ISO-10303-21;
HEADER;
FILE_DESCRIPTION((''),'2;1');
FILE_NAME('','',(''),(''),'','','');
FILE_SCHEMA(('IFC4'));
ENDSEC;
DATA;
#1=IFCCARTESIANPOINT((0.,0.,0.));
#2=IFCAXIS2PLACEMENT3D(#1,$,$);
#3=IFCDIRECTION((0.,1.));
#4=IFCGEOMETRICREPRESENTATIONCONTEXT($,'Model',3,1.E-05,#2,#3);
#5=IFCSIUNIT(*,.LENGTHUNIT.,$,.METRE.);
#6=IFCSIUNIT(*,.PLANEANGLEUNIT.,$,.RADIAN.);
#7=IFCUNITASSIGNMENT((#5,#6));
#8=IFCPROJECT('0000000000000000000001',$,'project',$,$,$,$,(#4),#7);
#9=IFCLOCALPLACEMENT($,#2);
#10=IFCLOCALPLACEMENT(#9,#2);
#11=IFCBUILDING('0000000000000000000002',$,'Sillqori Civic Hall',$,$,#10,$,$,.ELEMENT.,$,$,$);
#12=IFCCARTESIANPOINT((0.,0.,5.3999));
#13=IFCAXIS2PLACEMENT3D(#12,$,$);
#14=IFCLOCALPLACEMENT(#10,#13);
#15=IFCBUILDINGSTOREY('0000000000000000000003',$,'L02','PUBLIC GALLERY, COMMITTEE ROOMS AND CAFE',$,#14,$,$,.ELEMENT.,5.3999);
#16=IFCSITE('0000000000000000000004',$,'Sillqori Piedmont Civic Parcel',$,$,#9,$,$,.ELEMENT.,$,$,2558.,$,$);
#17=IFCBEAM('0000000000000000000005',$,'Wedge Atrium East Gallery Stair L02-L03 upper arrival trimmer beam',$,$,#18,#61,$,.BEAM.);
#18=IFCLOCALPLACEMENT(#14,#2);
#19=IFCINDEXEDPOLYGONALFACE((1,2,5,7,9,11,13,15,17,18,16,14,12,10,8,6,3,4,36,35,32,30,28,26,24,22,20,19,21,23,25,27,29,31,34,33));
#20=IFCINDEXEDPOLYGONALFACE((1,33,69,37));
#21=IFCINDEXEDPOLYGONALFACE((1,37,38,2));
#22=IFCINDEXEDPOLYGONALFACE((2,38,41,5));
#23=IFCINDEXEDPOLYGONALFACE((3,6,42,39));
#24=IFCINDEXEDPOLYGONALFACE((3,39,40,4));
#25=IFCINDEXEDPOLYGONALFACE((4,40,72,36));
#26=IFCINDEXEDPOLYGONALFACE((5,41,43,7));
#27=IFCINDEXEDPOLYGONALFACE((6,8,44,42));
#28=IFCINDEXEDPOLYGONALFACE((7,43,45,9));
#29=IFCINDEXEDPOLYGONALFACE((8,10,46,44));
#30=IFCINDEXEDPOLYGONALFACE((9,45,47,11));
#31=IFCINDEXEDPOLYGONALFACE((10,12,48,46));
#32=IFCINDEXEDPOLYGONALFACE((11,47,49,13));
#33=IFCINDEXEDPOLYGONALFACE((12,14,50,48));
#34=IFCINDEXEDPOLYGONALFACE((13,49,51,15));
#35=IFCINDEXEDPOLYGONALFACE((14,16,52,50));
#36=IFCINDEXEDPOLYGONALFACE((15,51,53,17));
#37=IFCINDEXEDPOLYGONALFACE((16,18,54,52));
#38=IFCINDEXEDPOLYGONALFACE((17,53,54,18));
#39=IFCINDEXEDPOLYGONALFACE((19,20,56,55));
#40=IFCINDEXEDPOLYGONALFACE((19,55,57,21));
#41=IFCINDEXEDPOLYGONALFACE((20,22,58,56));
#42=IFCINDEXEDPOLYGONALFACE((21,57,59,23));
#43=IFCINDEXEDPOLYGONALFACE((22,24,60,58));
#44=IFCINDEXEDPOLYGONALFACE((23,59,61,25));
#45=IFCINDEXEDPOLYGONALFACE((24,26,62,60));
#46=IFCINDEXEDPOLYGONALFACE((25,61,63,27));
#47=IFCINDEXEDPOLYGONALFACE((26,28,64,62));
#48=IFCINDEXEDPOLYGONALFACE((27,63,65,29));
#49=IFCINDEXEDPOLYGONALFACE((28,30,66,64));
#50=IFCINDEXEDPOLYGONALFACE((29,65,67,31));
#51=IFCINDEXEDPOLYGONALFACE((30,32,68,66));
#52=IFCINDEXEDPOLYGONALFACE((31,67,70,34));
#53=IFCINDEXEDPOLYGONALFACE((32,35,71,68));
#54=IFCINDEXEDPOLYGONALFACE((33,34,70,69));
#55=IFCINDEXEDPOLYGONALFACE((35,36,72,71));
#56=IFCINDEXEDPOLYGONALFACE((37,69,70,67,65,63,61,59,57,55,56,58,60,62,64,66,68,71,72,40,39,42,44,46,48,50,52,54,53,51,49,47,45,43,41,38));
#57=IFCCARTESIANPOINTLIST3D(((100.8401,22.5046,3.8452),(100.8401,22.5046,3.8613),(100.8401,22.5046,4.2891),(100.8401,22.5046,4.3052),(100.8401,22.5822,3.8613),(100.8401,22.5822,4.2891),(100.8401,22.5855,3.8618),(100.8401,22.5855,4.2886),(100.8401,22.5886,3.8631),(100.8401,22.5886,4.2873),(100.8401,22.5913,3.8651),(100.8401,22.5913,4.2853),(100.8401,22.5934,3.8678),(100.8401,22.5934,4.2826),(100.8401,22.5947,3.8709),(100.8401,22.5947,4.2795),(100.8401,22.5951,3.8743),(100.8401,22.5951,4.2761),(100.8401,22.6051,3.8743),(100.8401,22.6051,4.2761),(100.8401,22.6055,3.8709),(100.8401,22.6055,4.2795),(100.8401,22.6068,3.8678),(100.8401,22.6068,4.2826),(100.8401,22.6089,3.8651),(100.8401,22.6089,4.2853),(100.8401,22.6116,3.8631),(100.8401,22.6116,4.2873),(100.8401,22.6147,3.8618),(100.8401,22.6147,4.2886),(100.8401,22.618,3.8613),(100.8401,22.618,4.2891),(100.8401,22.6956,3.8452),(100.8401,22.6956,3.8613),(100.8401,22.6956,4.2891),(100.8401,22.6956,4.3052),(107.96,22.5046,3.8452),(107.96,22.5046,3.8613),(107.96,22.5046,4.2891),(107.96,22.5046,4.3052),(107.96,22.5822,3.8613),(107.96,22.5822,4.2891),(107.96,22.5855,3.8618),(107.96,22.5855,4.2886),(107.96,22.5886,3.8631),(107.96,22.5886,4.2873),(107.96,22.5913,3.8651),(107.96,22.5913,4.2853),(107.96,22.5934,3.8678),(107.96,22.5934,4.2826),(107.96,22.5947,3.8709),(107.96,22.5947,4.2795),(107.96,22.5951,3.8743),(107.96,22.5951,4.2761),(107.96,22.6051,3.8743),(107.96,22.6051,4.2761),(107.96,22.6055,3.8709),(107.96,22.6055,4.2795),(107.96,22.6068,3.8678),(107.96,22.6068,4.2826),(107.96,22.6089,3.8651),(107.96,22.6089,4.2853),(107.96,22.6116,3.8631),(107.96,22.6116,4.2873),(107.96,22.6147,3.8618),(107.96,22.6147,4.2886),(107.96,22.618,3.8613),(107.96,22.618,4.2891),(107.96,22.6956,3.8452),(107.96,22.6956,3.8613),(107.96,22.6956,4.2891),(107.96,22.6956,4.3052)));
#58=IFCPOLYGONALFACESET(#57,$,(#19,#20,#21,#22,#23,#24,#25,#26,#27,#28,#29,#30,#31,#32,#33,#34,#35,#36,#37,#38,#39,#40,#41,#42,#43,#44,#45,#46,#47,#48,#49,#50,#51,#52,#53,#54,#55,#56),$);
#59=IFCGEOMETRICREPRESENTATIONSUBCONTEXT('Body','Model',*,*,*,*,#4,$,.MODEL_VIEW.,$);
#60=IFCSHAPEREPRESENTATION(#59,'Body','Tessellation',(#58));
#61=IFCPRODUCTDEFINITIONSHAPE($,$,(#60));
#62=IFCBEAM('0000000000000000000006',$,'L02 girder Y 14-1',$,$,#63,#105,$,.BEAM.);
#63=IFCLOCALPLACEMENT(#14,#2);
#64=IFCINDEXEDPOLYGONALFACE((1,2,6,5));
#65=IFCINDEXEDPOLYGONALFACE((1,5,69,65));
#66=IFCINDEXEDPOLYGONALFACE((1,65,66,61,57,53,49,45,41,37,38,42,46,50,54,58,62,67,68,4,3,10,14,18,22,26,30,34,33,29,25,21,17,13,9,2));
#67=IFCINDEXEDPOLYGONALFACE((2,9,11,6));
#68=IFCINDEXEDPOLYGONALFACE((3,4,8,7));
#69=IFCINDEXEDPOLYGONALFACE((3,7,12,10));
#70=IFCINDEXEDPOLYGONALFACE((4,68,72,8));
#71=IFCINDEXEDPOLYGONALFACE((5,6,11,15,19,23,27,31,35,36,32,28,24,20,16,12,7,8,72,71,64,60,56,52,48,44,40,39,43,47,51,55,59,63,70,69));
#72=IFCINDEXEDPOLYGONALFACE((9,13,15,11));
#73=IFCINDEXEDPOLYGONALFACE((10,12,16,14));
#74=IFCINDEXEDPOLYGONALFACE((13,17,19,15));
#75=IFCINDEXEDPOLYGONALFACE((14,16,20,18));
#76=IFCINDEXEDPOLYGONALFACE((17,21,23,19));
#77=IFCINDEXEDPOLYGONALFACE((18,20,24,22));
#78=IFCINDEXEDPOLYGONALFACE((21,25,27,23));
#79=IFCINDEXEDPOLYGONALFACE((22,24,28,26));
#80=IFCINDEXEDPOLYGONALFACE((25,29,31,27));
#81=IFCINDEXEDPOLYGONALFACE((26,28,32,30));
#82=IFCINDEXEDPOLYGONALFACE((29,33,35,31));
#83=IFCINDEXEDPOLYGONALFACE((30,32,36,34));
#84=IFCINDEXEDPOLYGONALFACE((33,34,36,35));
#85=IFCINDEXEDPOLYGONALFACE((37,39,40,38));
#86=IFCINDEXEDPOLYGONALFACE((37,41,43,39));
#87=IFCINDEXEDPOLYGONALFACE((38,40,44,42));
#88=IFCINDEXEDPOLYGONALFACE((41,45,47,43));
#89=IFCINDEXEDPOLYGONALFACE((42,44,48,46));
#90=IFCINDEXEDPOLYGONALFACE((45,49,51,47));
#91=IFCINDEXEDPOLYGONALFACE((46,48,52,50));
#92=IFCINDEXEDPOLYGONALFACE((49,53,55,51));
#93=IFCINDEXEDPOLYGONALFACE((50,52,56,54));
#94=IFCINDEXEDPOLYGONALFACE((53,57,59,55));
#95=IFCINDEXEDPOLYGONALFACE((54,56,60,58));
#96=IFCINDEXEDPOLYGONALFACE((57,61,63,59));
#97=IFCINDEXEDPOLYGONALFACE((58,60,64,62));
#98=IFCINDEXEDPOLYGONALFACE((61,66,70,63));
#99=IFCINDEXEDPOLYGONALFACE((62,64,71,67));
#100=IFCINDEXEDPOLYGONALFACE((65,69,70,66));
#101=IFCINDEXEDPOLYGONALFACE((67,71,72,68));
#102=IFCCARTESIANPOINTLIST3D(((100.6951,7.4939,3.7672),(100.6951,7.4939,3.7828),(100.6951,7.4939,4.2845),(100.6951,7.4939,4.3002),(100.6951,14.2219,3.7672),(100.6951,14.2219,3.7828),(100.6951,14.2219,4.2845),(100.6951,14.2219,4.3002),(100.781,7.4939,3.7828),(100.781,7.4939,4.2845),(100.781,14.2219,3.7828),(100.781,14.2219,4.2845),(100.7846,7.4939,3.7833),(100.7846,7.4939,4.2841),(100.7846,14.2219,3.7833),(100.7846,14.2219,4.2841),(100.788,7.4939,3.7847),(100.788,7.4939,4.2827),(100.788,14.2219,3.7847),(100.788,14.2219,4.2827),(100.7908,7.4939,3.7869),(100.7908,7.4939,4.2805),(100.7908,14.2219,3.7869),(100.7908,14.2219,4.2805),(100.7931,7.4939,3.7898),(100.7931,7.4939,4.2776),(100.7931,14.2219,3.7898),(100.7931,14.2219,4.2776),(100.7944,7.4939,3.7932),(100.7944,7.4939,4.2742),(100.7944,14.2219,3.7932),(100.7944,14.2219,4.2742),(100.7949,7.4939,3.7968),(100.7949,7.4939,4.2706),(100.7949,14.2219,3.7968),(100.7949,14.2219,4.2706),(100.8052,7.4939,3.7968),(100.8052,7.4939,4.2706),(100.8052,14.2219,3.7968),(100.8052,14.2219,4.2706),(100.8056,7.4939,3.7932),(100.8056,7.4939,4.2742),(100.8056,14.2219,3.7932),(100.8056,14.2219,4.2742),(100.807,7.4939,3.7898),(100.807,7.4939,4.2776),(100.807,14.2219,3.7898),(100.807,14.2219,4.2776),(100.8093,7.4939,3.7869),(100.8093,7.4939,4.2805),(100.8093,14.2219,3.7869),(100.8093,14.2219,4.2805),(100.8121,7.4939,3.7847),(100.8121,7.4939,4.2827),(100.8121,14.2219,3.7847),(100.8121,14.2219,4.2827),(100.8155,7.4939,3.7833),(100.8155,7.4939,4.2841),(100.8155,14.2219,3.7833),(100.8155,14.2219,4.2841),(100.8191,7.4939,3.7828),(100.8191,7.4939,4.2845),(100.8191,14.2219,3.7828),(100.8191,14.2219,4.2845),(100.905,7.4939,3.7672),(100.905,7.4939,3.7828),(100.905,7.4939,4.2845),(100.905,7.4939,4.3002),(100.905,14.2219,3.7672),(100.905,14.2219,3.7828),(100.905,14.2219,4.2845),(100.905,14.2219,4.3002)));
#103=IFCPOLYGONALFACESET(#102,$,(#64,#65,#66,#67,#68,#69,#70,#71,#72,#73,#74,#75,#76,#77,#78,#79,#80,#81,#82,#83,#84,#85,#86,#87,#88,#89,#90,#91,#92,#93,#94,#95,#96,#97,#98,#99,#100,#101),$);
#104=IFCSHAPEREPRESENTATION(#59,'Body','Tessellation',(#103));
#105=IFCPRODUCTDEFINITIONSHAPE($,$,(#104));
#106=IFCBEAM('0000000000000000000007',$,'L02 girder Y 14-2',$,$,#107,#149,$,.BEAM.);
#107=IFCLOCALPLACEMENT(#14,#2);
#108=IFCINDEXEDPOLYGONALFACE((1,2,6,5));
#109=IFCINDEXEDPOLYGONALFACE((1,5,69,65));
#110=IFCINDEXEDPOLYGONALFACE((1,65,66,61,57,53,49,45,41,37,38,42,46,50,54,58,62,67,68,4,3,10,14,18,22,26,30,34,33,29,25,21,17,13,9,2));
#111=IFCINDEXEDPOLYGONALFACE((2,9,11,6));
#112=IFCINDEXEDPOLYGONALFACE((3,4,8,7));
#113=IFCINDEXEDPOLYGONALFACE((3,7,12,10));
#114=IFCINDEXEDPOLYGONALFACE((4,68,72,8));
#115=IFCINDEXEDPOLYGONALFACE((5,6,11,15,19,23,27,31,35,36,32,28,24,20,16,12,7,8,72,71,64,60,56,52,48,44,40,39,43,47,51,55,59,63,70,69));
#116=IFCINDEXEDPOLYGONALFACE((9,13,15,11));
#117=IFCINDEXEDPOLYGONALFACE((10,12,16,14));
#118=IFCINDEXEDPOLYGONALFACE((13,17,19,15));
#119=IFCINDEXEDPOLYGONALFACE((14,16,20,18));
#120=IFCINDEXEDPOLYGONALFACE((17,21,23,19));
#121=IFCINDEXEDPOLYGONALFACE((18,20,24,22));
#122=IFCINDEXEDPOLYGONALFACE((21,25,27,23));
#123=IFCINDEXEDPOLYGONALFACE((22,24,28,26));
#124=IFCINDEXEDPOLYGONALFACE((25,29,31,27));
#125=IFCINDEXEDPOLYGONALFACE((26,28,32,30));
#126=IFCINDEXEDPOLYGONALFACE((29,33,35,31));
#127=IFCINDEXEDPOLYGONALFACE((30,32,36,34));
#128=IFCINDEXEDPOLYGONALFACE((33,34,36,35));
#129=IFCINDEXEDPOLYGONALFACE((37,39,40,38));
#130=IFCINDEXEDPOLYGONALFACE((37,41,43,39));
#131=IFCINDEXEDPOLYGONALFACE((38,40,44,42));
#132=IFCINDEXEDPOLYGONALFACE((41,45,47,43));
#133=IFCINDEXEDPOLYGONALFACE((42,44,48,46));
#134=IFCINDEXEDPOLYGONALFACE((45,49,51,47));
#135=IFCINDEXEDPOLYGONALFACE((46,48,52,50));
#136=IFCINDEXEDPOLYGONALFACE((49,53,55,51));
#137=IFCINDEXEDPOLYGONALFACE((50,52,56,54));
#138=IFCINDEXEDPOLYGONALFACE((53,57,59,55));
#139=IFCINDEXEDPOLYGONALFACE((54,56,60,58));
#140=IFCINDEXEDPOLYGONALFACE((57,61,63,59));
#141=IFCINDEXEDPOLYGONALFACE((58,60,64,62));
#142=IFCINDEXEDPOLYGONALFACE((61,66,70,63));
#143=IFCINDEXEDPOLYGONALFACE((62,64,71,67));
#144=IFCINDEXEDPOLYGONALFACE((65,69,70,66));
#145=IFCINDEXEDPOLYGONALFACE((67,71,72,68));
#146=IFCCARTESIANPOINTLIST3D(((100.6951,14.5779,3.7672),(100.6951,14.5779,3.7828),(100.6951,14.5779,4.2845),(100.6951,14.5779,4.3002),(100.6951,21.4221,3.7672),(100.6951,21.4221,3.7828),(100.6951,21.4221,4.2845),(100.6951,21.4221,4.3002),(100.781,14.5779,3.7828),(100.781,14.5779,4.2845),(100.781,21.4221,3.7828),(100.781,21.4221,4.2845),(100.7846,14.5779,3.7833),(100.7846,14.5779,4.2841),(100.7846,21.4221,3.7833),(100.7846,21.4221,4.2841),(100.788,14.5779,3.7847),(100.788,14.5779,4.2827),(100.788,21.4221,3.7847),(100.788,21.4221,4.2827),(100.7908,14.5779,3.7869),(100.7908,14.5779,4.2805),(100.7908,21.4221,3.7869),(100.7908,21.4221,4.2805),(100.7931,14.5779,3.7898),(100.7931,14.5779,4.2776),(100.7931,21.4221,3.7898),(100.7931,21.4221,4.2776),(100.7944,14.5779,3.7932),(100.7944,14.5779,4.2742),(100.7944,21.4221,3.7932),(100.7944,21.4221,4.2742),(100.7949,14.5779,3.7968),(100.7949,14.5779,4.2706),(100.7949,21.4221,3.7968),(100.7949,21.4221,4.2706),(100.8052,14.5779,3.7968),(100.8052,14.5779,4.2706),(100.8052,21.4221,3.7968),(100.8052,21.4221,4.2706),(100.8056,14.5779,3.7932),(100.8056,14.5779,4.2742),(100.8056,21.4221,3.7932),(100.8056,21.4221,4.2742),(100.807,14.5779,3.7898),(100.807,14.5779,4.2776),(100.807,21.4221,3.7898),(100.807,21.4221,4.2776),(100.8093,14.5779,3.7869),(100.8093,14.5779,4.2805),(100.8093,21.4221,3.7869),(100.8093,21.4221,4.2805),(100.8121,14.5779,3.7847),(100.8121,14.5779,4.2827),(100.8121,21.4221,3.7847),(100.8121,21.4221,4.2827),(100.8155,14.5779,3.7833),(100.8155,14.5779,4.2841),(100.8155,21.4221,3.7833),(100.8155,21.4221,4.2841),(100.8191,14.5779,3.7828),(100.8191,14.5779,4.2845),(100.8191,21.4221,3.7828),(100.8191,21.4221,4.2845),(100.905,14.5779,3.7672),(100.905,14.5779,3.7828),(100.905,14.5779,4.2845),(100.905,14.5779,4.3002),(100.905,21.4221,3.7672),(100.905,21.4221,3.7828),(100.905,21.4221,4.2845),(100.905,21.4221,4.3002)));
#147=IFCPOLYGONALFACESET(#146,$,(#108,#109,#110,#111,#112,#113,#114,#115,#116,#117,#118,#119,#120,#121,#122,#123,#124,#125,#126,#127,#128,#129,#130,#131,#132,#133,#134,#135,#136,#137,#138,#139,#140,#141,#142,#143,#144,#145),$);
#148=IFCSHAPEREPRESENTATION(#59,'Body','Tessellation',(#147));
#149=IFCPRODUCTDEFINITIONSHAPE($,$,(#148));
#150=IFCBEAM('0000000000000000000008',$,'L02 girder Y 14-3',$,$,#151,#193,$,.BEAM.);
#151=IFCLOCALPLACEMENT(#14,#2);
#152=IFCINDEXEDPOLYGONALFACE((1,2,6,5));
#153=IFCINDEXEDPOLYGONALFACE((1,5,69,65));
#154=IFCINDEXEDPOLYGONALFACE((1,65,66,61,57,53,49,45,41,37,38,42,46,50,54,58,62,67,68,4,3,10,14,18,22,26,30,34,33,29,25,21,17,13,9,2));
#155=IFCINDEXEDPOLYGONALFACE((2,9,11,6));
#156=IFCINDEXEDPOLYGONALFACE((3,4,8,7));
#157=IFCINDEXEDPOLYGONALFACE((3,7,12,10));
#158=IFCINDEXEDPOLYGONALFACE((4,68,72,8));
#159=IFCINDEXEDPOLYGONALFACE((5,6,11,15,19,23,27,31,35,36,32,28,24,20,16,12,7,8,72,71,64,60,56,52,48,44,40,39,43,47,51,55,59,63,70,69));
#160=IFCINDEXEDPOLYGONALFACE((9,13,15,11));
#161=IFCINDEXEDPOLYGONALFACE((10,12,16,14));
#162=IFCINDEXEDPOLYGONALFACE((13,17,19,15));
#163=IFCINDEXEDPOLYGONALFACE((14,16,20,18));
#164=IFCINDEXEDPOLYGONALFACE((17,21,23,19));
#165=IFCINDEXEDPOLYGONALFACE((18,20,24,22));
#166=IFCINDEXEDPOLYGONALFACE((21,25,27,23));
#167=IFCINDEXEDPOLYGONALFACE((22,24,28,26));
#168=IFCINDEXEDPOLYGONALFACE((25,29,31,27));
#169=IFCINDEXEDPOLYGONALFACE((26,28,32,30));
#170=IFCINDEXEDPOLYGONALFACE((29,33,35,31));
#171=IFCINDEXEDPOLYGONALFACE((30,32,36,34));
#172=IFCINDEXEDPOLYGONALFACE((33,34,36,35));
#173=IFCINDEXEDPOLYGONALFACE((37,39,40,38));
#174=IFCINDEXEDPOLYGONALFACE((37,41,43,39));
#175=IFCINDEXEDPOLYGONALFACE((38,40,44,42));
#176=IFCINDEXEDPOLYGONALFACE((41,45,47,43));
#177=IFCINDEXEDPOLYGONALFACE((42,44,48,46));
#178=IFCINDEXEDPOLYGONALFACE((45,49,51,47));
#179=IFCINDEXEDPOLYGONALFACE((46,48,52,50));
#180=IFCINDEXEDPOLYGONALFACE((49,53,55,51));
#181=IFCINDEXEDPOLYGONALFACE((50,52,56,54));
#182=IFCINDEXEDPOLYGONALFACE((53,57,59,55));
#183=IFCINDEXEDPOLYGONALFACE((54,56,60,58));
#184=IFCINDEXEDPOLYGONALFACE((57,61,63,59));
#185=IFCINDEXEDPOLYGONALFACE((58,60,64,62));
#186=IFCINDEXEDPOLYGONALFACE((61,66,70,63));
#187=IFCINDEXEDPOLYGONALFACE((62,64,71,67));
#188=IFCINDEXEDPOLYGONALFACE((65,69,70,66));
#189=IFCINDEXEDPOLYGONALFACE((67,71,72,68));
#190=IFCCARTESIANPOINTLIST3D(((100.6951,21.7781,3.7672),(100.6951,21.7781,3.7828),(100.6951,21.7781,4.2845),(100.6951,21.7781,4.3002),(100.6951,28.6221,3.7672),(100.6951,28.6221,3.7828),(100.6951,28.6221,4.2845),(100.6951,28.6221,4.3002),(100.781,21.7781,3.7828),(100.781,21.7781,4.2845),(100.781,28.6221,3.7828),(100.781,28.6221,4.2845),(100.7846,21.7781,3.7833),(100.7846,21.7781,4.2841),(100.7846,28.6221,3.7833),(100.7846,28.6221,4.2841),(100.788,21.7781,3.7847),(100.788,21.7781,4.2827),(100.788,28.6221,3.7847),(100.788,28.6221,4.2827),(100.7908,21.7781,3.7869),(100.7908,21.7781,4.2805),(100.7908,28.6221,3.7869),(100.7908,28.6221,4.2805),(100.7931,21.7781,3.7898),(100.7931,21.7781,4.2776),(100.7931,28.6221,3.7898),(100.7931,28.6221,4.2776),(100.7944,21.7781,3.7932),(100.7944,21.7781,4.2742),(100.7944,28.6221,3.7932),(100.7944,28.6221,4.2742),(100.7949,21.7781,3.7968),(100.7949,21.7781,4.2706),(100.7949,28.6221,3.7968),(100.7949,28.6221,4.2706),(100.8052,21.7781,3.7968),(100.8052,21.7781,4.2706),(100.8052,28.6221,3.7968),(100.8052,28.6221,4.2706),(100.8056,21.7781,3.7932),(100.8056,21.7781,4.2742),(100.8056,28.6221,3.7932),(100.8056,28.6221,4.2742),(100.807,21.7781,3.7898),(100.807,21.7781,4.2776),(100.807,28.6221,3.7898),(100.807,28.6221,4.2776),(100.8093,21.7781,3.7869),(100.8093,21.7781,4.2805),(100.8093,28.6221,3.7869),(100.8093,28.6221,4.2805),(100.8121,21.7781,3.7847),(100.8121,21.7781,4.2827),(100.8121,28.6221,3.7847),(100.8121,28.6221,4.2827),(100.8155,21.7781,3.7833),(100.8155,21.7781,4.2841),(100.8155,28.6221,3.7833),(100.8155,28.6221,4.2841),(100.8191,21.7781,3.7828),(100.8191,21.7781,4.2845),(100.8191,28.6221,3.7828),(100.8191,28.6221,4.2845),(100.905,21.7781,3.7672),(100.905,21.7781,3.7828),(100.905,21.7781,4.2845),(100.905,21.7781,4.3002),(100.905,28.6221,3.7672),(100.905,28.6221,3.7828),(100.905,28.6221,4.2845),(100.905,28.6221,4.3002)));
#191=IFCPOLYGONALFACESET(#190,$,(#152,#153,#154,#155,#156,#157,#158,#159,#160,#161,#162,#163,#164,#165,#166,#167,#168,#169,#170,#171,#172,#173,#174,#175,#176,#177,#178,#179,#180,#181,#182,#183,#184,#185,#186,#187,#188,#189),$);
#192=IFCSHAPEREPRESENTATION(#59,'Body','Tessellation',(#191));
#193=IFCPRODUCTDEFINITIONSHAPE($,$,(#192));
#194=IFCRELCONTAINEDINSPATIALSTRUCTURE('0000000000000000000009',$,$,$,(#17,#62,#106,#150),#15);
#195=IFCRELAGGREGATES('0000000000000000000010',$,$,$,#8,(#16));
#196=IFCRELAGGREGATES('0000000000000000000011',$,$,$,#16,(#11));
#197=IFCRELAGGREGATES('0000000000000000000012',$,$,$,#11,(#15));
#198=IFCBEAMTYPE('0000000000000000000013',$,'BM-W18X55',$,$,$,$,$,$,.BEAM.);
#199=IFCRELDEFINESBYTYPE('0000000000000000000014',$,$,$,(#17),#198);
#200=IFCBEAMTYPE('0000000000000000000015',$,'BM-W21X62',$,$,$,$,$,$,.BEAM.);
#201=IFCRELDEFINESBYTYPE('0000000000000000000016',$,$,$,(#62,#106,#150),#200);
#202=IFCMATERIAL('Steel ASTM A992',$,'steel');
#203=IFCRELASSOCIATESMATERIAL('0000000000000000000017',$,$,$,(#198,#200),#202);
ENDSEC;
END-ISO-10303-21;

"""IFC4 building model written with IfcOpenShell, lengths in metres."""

from ifc_helpers import new_model, si_unit, direction, frame, origin, origin_2d, place, context, subcontext, project, spatial, i_section, extrude, material, material_profile, profile_set, type_object, element, save


model = new_model("IFC4")

# Units and contexts
model_context = context("Model", 3, precision=1e-05, world=origin(), true_north=direction((0.0, 1.0)))
body_context = subcontext(model_context, "Body", "Model", "MODEL_VIEW")
ifc_project = project(units=[si_unit("LENGTHUNIT", "METRE"), si_unit("PLANEANGLEUNIT", "RADIAN")], contexts=[model_context])

# Site, building, storey
site_placement = place(None, origin())
site = spatial("IfcSite", under=ifc_project, at=site_placement, Name="Sillqori Piedmont Civic Parcel", CompositionType="ELEMENT", RefElevation=2558.0)
building_placement = place(site_placement, origin())
building = spatial("IfcBuilding", under=site, at=building_placement, Name="Sillqori Civic Hall", CompositionType="ELEMENT")
storey_placement = place(building_placement, frame((0.0, 0.0, 5.3999)))
storey = spatial("IfcBuildingStorey", under=building, at=storey_placement, Name="L02", Description="PUBLIC GALLERY, COMMITTEE ROOMS AND CAFE", CompositionType="ELEMENT", Elevation=5.3999)

# Shared definitions
ifc_material_1 = material(Name="Steel ASTM A992", Category="steel")

# Beams
ifc_material_profile_1 = material_profile(ifc_material_1, i_section(OverallWidth=0.1909, OverallDepth=0.46, WebThickness=0.01, FlangeThickness=0.0161, FilletRadius=0.0129, at=origin_2d()), Name="W18X55")
ifc_profile_set_1 = profile_set([ifc_material_profile_1], Name="Steel ASTM A992")
beam_type_1 = type_object("IfcBeamType", Name="BM-W18X55", PredefinedType="BEAM", material=ifc_profile_set_1)
beam_1_placement = place(storey_placement, frame((100.8401, 22.6001, 4.0752), z_axis=(1.0, 0.0, 0.0), x_axis=(0.0, 1.0, 0.0)))
element("IfcBeam", 1, at=beam_1_placement, inside=storey, type_object=beam_type_1, Name="Wedge Atrium East Gallery Stair L02-L03 upper arrival trimmer beam", PredefinedType="BEAM", context=body_context, shape_type="SweptSolid", body=[
    extrude(i_section(OverallWidth=0.1909, OverallDepth=0.46, WebThickness=0.01, FlangeThickness=0.0161, FilletRadius=0.0129, at=origin_2d()), origin(), (0.0, 0.0, 1.0), 7.1199),
])
ifc_material_profile_2 = material_profile(ifc_material_1, i_section(OverallWidth=0.21, OverallDepth=0.533, WebThickness=0.0103, FlangeThickness=0.0156, FilletRadius=0.0139, at=origin_2d()), Name="W21X62")
ifc_profile_set_2 = profile_set([ifc_material_profile_2], Name="Steel ASTM A992")
beam_type_2 = type_object("IfcBeamType", Name="BM-W21X62", PredefinedType="BEAM", material=ifc_profile_set_2)
beam_2_placement = place(storey_placement, frame((100.8, 7.4939, 4.0337), z_axis=(0.0, 1.0, 0.0), x_axis=(-1.0, 0.0, 0.0)))
element("IfcBeam", 2, at=beam_2_placement, inside=storey, type_object=beam_type_2, Name="L02 girder Y 14-1", PredefinedType="BEAM", context=body_context, shape_type="SweptSolid", body=[
    extrude(i_section(OverallWidth=0.21, OverallDepth=0.533, WebThickness=0.0103, FlangeThickness=0.0156, FilletRadius=0.0139, at=origin_2d()), origin(), (0.0, 0.0, 1.0), 6.728),
])
beam_3_placement = place(storey_placement, frame((100.8, 14.5779, 4.0337), z_axis=(0.0, 1.0, 0.0), x_axis=(-1.0, 0.0, 0.0)))
element("IfcBeam", 3, at=beam_3_placement, inside=storey, type_object=beam_type_2, Name="L02 girder Y 14-2", PredefinedType="BEAM", context=body_context, shape_type="SweptSolid", body=[
    extrude(i_section(OverallWidth=0.21, OverallDepth=0.533, WebThickness=0.0103, FlangeThickness=0.0156, FilletRadius=0.0139, at=origin_2d()), origin(), (0.0, 0.0, 1.0), 6.8442),
])
beam_4_placement = place(storey_placement, frame((100.8, 21.7781, 4.0337), z_axis=(0.0, 1.0, 0.0), x_axis=(-1.0, 0.0, 0.0)))
element("IfcBeam", 4, at=beam_4_placement, inside=storey, type_object=beam_type_2, Name="L02 girder Y 14-3", PredefinedType="BEAM", context=body_context, shape_type="SweptSolid", body=[
    extrude(i_section(OverallWidth=0.21, OverallDepth=0.533, WebThickness=0.0103, FlangeThickness=0.0156, FilletRadius=0.0139, at=origin_2d()), origin(), (0.0, 0.0, 1.0), 6.844),
])

save(model, "model.ifc")
